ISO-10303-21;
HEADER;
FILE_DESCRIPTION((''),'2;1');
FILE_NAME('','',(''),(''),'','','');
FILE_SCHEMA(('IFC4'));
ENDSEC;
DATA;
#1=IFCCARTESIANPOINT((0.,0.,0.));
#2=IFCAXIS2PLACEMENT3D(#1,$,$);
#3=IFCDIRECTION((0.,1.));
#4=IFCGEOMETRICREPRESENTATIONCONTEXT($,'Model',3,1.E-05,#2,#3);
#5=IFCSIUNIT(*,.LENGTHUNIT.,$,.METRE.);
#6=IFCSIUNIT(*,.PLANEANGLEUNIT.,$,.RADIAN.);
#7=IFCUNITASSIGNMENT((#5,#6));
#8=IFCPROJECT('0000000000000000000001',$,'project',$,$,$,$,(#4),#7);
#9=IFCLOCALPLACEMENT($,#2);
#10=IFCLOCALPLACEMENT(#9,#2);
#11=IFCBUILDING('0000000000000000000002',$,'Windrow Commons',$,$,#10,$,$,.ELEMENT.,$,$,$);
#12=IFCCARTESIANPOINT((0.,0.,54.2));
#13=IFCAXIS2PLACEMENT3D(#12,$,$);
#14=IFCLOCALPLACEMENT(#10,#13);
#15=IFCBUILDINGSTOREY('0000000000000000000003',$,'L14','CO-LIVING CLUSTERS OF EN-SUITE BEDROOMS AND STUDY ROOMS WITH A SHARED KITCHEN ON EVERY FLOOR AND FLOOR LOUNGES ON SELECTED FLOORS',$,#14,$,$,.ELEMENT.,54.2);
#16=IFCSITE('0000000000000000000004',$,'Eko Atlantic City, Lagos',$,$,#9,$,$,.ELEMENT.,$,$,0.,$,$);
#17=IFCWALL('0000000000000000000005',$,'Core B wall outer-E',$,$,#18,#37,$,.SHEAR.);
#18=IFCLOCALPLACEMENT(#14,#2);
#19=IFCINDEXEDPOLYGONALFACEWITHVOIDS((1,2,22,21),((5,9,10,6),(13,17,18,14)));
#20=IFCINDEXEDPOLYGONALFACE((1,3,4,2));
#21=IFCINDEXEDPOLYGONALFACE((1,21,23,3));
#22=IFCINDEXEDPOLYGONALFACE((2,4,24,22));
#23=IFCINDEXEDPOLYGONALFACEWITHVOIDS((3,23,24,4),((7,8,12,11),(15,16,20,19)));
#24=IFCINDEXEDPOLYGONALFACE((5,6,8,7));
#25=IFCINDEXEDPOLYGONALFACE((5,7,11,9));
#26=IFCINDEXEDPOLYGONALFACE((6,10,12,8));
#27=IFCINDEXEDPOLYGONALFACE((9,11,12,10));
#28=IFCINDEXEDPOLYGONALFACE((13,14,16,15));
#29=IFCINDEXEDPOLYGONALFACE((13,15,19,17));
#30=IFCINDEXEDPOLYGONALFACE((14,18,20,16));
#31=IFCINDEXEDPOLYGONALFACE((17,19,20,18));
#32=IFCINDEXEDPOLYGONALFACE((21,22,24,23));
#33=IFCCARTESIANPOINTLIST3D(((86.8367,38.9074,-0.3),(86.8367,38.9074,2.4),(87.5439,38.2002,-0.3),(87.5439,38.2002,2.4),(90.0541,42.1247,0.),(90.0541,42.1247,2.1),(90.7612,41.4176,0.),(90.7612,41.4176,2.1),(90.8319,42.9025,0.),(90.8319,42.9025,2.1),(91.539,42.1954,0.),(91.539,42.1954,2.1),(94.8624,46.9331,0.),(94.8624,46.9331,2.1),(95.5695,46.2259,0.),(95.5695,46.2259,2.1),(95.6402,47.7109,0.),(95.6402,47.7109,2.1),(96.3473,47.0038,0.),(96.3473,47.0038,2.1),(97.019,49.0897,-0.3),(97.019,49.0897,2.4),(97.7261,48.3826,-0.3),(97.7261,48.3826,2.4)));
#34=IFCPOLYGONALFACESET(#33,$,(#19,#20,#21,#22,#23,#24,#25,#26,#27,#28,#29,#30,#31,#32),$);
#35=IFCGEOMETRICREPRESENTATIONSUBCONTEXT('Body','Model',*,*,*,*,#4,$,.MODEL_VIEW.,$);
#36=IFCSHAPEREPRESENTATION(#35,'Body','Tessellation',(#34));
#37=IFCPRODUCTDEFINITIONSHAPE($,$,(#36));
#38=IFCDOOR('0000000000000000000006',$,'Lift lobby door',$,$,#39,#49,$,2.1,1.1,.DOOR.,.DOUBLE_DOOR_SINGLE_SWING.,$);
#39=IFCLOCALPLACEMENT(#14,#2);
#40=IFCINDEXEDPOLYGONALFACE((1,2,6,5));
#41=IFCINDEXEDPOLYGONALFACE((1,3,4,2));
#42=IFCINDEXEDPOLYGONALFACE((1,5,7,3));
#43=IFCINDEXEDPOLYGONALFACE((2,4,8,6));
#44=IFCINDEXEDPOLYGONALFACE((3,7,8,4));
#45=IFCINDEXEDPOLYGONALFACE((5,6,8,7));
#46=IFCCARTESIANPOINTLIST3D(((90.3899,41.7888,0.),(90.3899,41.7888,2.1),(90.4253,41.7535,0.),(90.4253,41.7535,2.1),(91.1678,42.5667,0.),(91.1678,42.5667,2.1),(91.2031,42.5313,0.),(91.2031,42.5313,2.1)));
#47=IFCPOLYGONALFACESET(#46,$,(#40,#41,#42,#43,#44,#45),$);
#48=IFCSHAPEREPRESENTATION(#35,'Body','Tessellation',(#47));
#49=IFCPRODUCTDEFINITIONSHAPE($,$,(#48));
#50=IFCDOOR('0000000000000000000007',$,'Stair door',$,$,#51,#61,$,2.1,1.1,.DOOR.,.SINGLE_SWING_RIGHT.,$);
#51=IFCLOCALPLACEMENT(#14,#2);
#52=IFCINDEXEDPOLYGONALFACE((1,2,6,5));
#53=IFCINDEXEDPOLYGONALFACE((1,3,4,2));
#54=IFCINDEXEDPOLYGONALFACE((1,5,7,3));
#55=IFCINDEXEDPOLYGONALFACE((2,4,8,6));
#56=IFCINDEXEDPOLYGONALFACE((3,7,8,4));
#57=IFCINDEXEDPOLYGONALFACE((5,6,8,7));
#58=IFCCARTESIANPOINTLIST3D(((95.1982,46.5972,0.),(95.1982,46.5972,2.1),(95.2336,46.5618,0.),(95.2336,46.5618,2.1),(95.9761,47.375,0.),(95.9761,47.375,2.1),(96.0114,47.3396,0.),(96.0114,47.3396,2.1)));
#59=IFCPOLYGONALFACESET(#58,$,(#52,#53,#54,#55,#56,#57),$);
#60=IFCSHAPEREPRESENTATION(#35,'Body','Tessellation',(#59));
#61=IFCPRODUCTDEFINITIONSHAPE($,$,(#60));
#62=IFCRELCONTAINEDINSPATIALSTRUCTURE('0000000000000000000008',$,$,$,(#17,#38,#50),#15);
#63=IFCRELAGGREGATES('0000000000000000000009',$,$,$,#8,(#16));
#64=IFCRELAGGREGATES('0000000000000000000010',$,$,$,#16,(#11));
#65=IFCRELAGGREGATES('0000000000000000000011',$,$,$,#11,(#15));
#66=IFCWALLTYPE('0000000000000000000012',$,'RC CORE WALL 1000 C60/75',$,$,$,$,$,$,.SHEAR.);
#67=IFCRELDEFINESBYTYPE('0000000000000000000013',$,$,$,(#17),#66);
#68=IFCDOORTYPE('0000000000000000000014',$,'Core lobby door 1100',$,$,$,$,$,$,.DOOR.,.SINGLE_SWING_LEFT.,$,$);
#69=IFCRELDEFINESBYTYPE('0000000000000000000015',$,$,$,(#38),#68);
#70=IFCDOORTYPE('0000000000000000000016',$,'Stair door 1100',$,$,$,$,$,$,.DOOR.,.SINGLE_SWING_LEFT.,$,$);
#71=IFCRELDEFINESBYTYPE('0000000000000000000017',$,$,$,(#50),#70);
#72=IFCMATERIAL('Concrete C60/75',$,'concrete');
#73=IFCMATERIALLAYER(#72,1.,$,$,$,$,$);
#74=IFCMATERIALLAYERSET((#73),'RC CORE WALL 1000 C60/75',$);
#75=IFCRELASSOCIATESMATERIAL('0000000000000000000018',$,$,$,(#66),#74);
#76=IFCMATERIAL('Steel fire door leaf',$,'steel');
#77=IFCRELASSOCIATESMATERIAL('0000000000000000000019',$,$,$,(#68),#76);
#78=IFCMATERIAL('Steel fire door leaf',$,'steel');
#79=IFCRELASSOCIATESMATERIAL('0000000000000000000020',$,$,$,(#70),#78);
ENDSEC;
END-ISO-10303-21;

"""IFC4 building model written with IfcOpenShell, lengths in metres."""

from ifc_helpers import new_model, si_unit, direction, frame, frame_2d, origin, place, context, subcontext, project, spatial, rectangle, extrude, material, layer, layer_set, type_object, element, fill, save


model = new_model("IFC4")

# Units and contexts
model_context = context("Model", 3, precision=1e-05, world=origin(), true_north=direction((0.0, 1.0)))
body_context = subcontext(model_context, "Body", "Model", "MODEL_VIEW")
ifc_project = project(units=[si_unit("LENGTHUNIT", "METRE"), si_unit("PLANEANGLEUNIT", "RADIAN")], contexts=[model_context])

# Site, building, storey
site_placement = place(None, origin())
site = spatial("IfcSite", under=ifc_project, at=site_placement, Name="Eko Atlantic City, Lagos", CompositionType="ELEMENT", RefElevation=0.0)
building_placement = place(site_placement, origin())
building = spatial("IfcBuilding", under=site, at=building_placement, Name="Windrow Commons", CompositionType="ELEMENT")
storey_placement = place(building_placement, frame((0.0, 0.0, 54.2)))
storey = spatial("IfcBuildingStorey", under=building, at=storey_placement, Name="L14", Description="CO-LIVING CLUSTERS OF EN-SUITE BEDROOMS AND STUDY ROOMS WITH A SHARED KITCHEN ON EVERY FLOOR AND FLOOR LOUNGES ON SELECTED FLOORS", CompositionType="ELEMENT", Elevation=54.2)

# Wall, openings, doors
ifc_material_1 = material(Name="Concrete C60/75", Category="concrete")
ifc_layer_1 = layer(ifc_material_1, 1.0)
ifc_layer_set_1 = layer_set([ifc_layer_1], Name="RC CORE WALL 1000 C60/75")
wall_type_1 = type_object("IfcWallType", Name="RC CORE WALL 1000 C60/75", PredefinedType="SHEAR", material=ifc_layer_set_1)
wall_1_placement = place(storey_placement, frame((87.1903, 38.5538, -0.3), z_axis=(0.0, 0.0, 1.0), x_axis=(0.707103, 0.70711, 0.0)))
wall_1 = element("IfcWall", 1, at=wall_1_placement, inside=storey, type_object=wall_type_1, Name="Core B wall outer-E", PredefinedType="SHEAR", context=body_context, shape_type="SweptSolid", body=[
    extrude(rectangle(XDim=14.4, YDim=1.0, at=frame_2d((7.2, 0.0))), origin(), (0.0, 0.0, 1.0), 2.7),
])
opening_1_placement = place(wall_1_placement, frame((4.55, 0.0, 0.3)))
opening_1 = element("IfcOpeningElement", 2, at=opening_1_placement, cuts=wall_1, PredefinedType="OPENING", context=body_context, shape_type="SweptSolid", body=[
    extrude(rectangle(XDim=1.1, YDim=2.1, at=frame_2d((0.55, 1.05))), frame((0.0, 0.51, 0.0), z_axis=(0.0, -1.0, 0.0), x_axis=(1.0, 0.0, 0.0)), (0.0, 0.0, 1.0), 1.02),
])
opening_2_placement = place(wall_1_placement, frame((11.35, 0.0, 0.3)))
opening_2 = element("IfcOpeningElement", 3, at=opening_2_placement, cuts=wall_1, PredefinedType="OPENING", context=body_context, shape_type="SweptSolid", body=[
    extrude(rectangle(XDim=1.1, YDim=2.1, at=frame_2d((0.55, 1.05))), frame((0.0, 0.51, 0.0), z_axis=(0.0, -1.0, 0.0), x_axis=(1.0, 0.0, 0.0)), (0.0, 0.0, 1.0), 1.02),
])
ifc_material_2 = material(Name="Steel fire door leaf", Category="steel")
door_type_1 = type_object("IfcDoorType", Name="Core lobby door 1100", OperationType="SINGLE_SWING_LEFT", PredefinedType="DOOR", material=ifc_material_2)
door_1_placement = place(opening_1_placement, origin())
door_1 = element("IfcDoor", 4, at=door_1_placement, inside=storey, type_object=door_type_1, Name="Lift lobby door", OperationType="DOUBLE_DOOR_SINGLE_SWING", OverallHeight=2.1, OverallWidth=1.1, PredefinedType="DOOR", context=body_context, shape_type="SweptSolid", body=[
    extrude(rectangle(XDim=1.1, YDim=2.1, at=frame_2d((0.55, 1.05))), frame((0.0, 0.025, 0.0), z_axis=(0.0, -1.0, 0.0), x_axis=(1.0, 0.0, 0.0)), (0.0, 0.0, 1.0), 0.05),
])
fill(opening_1, door_1)
ifc_material_3 = material(Name="Steel fire door leaf", Category="steel")
door_type_2 = type_object("IfcDoorType", Name="Stair door 1100", OperationType="SINGLE_SWING_LEFT", PredefinedType="DOOR", material=ifc_material_3)
door_2_placement = place(opening_2_placement, origin())
door_2 = element("IfcDoor", 5, at=door_2_placement, inside=storey, type_object=door_type_2, Name="Stair door", OperationType="SINGLE_SWING_RIGHT", OverallHeight=2.1, OverallWidth=1.1, PredefinedType="DOOR", context=body_context, shape_type="SweptSolid", body=[
    extrude(rectangle(XDim=1.1, YDim=2.1, at=frame_2d((0.55, 1.05))), frame((0.0, 0.025, 0.0), z_axis=(0.0, -1.0, 0.0), x_axis=(1.0, 0.0, 0.0)), (0.0, 0.0, 1.0), 0.05),
])
fill(opening_2, door_2)

save(model, "model.ifc")
